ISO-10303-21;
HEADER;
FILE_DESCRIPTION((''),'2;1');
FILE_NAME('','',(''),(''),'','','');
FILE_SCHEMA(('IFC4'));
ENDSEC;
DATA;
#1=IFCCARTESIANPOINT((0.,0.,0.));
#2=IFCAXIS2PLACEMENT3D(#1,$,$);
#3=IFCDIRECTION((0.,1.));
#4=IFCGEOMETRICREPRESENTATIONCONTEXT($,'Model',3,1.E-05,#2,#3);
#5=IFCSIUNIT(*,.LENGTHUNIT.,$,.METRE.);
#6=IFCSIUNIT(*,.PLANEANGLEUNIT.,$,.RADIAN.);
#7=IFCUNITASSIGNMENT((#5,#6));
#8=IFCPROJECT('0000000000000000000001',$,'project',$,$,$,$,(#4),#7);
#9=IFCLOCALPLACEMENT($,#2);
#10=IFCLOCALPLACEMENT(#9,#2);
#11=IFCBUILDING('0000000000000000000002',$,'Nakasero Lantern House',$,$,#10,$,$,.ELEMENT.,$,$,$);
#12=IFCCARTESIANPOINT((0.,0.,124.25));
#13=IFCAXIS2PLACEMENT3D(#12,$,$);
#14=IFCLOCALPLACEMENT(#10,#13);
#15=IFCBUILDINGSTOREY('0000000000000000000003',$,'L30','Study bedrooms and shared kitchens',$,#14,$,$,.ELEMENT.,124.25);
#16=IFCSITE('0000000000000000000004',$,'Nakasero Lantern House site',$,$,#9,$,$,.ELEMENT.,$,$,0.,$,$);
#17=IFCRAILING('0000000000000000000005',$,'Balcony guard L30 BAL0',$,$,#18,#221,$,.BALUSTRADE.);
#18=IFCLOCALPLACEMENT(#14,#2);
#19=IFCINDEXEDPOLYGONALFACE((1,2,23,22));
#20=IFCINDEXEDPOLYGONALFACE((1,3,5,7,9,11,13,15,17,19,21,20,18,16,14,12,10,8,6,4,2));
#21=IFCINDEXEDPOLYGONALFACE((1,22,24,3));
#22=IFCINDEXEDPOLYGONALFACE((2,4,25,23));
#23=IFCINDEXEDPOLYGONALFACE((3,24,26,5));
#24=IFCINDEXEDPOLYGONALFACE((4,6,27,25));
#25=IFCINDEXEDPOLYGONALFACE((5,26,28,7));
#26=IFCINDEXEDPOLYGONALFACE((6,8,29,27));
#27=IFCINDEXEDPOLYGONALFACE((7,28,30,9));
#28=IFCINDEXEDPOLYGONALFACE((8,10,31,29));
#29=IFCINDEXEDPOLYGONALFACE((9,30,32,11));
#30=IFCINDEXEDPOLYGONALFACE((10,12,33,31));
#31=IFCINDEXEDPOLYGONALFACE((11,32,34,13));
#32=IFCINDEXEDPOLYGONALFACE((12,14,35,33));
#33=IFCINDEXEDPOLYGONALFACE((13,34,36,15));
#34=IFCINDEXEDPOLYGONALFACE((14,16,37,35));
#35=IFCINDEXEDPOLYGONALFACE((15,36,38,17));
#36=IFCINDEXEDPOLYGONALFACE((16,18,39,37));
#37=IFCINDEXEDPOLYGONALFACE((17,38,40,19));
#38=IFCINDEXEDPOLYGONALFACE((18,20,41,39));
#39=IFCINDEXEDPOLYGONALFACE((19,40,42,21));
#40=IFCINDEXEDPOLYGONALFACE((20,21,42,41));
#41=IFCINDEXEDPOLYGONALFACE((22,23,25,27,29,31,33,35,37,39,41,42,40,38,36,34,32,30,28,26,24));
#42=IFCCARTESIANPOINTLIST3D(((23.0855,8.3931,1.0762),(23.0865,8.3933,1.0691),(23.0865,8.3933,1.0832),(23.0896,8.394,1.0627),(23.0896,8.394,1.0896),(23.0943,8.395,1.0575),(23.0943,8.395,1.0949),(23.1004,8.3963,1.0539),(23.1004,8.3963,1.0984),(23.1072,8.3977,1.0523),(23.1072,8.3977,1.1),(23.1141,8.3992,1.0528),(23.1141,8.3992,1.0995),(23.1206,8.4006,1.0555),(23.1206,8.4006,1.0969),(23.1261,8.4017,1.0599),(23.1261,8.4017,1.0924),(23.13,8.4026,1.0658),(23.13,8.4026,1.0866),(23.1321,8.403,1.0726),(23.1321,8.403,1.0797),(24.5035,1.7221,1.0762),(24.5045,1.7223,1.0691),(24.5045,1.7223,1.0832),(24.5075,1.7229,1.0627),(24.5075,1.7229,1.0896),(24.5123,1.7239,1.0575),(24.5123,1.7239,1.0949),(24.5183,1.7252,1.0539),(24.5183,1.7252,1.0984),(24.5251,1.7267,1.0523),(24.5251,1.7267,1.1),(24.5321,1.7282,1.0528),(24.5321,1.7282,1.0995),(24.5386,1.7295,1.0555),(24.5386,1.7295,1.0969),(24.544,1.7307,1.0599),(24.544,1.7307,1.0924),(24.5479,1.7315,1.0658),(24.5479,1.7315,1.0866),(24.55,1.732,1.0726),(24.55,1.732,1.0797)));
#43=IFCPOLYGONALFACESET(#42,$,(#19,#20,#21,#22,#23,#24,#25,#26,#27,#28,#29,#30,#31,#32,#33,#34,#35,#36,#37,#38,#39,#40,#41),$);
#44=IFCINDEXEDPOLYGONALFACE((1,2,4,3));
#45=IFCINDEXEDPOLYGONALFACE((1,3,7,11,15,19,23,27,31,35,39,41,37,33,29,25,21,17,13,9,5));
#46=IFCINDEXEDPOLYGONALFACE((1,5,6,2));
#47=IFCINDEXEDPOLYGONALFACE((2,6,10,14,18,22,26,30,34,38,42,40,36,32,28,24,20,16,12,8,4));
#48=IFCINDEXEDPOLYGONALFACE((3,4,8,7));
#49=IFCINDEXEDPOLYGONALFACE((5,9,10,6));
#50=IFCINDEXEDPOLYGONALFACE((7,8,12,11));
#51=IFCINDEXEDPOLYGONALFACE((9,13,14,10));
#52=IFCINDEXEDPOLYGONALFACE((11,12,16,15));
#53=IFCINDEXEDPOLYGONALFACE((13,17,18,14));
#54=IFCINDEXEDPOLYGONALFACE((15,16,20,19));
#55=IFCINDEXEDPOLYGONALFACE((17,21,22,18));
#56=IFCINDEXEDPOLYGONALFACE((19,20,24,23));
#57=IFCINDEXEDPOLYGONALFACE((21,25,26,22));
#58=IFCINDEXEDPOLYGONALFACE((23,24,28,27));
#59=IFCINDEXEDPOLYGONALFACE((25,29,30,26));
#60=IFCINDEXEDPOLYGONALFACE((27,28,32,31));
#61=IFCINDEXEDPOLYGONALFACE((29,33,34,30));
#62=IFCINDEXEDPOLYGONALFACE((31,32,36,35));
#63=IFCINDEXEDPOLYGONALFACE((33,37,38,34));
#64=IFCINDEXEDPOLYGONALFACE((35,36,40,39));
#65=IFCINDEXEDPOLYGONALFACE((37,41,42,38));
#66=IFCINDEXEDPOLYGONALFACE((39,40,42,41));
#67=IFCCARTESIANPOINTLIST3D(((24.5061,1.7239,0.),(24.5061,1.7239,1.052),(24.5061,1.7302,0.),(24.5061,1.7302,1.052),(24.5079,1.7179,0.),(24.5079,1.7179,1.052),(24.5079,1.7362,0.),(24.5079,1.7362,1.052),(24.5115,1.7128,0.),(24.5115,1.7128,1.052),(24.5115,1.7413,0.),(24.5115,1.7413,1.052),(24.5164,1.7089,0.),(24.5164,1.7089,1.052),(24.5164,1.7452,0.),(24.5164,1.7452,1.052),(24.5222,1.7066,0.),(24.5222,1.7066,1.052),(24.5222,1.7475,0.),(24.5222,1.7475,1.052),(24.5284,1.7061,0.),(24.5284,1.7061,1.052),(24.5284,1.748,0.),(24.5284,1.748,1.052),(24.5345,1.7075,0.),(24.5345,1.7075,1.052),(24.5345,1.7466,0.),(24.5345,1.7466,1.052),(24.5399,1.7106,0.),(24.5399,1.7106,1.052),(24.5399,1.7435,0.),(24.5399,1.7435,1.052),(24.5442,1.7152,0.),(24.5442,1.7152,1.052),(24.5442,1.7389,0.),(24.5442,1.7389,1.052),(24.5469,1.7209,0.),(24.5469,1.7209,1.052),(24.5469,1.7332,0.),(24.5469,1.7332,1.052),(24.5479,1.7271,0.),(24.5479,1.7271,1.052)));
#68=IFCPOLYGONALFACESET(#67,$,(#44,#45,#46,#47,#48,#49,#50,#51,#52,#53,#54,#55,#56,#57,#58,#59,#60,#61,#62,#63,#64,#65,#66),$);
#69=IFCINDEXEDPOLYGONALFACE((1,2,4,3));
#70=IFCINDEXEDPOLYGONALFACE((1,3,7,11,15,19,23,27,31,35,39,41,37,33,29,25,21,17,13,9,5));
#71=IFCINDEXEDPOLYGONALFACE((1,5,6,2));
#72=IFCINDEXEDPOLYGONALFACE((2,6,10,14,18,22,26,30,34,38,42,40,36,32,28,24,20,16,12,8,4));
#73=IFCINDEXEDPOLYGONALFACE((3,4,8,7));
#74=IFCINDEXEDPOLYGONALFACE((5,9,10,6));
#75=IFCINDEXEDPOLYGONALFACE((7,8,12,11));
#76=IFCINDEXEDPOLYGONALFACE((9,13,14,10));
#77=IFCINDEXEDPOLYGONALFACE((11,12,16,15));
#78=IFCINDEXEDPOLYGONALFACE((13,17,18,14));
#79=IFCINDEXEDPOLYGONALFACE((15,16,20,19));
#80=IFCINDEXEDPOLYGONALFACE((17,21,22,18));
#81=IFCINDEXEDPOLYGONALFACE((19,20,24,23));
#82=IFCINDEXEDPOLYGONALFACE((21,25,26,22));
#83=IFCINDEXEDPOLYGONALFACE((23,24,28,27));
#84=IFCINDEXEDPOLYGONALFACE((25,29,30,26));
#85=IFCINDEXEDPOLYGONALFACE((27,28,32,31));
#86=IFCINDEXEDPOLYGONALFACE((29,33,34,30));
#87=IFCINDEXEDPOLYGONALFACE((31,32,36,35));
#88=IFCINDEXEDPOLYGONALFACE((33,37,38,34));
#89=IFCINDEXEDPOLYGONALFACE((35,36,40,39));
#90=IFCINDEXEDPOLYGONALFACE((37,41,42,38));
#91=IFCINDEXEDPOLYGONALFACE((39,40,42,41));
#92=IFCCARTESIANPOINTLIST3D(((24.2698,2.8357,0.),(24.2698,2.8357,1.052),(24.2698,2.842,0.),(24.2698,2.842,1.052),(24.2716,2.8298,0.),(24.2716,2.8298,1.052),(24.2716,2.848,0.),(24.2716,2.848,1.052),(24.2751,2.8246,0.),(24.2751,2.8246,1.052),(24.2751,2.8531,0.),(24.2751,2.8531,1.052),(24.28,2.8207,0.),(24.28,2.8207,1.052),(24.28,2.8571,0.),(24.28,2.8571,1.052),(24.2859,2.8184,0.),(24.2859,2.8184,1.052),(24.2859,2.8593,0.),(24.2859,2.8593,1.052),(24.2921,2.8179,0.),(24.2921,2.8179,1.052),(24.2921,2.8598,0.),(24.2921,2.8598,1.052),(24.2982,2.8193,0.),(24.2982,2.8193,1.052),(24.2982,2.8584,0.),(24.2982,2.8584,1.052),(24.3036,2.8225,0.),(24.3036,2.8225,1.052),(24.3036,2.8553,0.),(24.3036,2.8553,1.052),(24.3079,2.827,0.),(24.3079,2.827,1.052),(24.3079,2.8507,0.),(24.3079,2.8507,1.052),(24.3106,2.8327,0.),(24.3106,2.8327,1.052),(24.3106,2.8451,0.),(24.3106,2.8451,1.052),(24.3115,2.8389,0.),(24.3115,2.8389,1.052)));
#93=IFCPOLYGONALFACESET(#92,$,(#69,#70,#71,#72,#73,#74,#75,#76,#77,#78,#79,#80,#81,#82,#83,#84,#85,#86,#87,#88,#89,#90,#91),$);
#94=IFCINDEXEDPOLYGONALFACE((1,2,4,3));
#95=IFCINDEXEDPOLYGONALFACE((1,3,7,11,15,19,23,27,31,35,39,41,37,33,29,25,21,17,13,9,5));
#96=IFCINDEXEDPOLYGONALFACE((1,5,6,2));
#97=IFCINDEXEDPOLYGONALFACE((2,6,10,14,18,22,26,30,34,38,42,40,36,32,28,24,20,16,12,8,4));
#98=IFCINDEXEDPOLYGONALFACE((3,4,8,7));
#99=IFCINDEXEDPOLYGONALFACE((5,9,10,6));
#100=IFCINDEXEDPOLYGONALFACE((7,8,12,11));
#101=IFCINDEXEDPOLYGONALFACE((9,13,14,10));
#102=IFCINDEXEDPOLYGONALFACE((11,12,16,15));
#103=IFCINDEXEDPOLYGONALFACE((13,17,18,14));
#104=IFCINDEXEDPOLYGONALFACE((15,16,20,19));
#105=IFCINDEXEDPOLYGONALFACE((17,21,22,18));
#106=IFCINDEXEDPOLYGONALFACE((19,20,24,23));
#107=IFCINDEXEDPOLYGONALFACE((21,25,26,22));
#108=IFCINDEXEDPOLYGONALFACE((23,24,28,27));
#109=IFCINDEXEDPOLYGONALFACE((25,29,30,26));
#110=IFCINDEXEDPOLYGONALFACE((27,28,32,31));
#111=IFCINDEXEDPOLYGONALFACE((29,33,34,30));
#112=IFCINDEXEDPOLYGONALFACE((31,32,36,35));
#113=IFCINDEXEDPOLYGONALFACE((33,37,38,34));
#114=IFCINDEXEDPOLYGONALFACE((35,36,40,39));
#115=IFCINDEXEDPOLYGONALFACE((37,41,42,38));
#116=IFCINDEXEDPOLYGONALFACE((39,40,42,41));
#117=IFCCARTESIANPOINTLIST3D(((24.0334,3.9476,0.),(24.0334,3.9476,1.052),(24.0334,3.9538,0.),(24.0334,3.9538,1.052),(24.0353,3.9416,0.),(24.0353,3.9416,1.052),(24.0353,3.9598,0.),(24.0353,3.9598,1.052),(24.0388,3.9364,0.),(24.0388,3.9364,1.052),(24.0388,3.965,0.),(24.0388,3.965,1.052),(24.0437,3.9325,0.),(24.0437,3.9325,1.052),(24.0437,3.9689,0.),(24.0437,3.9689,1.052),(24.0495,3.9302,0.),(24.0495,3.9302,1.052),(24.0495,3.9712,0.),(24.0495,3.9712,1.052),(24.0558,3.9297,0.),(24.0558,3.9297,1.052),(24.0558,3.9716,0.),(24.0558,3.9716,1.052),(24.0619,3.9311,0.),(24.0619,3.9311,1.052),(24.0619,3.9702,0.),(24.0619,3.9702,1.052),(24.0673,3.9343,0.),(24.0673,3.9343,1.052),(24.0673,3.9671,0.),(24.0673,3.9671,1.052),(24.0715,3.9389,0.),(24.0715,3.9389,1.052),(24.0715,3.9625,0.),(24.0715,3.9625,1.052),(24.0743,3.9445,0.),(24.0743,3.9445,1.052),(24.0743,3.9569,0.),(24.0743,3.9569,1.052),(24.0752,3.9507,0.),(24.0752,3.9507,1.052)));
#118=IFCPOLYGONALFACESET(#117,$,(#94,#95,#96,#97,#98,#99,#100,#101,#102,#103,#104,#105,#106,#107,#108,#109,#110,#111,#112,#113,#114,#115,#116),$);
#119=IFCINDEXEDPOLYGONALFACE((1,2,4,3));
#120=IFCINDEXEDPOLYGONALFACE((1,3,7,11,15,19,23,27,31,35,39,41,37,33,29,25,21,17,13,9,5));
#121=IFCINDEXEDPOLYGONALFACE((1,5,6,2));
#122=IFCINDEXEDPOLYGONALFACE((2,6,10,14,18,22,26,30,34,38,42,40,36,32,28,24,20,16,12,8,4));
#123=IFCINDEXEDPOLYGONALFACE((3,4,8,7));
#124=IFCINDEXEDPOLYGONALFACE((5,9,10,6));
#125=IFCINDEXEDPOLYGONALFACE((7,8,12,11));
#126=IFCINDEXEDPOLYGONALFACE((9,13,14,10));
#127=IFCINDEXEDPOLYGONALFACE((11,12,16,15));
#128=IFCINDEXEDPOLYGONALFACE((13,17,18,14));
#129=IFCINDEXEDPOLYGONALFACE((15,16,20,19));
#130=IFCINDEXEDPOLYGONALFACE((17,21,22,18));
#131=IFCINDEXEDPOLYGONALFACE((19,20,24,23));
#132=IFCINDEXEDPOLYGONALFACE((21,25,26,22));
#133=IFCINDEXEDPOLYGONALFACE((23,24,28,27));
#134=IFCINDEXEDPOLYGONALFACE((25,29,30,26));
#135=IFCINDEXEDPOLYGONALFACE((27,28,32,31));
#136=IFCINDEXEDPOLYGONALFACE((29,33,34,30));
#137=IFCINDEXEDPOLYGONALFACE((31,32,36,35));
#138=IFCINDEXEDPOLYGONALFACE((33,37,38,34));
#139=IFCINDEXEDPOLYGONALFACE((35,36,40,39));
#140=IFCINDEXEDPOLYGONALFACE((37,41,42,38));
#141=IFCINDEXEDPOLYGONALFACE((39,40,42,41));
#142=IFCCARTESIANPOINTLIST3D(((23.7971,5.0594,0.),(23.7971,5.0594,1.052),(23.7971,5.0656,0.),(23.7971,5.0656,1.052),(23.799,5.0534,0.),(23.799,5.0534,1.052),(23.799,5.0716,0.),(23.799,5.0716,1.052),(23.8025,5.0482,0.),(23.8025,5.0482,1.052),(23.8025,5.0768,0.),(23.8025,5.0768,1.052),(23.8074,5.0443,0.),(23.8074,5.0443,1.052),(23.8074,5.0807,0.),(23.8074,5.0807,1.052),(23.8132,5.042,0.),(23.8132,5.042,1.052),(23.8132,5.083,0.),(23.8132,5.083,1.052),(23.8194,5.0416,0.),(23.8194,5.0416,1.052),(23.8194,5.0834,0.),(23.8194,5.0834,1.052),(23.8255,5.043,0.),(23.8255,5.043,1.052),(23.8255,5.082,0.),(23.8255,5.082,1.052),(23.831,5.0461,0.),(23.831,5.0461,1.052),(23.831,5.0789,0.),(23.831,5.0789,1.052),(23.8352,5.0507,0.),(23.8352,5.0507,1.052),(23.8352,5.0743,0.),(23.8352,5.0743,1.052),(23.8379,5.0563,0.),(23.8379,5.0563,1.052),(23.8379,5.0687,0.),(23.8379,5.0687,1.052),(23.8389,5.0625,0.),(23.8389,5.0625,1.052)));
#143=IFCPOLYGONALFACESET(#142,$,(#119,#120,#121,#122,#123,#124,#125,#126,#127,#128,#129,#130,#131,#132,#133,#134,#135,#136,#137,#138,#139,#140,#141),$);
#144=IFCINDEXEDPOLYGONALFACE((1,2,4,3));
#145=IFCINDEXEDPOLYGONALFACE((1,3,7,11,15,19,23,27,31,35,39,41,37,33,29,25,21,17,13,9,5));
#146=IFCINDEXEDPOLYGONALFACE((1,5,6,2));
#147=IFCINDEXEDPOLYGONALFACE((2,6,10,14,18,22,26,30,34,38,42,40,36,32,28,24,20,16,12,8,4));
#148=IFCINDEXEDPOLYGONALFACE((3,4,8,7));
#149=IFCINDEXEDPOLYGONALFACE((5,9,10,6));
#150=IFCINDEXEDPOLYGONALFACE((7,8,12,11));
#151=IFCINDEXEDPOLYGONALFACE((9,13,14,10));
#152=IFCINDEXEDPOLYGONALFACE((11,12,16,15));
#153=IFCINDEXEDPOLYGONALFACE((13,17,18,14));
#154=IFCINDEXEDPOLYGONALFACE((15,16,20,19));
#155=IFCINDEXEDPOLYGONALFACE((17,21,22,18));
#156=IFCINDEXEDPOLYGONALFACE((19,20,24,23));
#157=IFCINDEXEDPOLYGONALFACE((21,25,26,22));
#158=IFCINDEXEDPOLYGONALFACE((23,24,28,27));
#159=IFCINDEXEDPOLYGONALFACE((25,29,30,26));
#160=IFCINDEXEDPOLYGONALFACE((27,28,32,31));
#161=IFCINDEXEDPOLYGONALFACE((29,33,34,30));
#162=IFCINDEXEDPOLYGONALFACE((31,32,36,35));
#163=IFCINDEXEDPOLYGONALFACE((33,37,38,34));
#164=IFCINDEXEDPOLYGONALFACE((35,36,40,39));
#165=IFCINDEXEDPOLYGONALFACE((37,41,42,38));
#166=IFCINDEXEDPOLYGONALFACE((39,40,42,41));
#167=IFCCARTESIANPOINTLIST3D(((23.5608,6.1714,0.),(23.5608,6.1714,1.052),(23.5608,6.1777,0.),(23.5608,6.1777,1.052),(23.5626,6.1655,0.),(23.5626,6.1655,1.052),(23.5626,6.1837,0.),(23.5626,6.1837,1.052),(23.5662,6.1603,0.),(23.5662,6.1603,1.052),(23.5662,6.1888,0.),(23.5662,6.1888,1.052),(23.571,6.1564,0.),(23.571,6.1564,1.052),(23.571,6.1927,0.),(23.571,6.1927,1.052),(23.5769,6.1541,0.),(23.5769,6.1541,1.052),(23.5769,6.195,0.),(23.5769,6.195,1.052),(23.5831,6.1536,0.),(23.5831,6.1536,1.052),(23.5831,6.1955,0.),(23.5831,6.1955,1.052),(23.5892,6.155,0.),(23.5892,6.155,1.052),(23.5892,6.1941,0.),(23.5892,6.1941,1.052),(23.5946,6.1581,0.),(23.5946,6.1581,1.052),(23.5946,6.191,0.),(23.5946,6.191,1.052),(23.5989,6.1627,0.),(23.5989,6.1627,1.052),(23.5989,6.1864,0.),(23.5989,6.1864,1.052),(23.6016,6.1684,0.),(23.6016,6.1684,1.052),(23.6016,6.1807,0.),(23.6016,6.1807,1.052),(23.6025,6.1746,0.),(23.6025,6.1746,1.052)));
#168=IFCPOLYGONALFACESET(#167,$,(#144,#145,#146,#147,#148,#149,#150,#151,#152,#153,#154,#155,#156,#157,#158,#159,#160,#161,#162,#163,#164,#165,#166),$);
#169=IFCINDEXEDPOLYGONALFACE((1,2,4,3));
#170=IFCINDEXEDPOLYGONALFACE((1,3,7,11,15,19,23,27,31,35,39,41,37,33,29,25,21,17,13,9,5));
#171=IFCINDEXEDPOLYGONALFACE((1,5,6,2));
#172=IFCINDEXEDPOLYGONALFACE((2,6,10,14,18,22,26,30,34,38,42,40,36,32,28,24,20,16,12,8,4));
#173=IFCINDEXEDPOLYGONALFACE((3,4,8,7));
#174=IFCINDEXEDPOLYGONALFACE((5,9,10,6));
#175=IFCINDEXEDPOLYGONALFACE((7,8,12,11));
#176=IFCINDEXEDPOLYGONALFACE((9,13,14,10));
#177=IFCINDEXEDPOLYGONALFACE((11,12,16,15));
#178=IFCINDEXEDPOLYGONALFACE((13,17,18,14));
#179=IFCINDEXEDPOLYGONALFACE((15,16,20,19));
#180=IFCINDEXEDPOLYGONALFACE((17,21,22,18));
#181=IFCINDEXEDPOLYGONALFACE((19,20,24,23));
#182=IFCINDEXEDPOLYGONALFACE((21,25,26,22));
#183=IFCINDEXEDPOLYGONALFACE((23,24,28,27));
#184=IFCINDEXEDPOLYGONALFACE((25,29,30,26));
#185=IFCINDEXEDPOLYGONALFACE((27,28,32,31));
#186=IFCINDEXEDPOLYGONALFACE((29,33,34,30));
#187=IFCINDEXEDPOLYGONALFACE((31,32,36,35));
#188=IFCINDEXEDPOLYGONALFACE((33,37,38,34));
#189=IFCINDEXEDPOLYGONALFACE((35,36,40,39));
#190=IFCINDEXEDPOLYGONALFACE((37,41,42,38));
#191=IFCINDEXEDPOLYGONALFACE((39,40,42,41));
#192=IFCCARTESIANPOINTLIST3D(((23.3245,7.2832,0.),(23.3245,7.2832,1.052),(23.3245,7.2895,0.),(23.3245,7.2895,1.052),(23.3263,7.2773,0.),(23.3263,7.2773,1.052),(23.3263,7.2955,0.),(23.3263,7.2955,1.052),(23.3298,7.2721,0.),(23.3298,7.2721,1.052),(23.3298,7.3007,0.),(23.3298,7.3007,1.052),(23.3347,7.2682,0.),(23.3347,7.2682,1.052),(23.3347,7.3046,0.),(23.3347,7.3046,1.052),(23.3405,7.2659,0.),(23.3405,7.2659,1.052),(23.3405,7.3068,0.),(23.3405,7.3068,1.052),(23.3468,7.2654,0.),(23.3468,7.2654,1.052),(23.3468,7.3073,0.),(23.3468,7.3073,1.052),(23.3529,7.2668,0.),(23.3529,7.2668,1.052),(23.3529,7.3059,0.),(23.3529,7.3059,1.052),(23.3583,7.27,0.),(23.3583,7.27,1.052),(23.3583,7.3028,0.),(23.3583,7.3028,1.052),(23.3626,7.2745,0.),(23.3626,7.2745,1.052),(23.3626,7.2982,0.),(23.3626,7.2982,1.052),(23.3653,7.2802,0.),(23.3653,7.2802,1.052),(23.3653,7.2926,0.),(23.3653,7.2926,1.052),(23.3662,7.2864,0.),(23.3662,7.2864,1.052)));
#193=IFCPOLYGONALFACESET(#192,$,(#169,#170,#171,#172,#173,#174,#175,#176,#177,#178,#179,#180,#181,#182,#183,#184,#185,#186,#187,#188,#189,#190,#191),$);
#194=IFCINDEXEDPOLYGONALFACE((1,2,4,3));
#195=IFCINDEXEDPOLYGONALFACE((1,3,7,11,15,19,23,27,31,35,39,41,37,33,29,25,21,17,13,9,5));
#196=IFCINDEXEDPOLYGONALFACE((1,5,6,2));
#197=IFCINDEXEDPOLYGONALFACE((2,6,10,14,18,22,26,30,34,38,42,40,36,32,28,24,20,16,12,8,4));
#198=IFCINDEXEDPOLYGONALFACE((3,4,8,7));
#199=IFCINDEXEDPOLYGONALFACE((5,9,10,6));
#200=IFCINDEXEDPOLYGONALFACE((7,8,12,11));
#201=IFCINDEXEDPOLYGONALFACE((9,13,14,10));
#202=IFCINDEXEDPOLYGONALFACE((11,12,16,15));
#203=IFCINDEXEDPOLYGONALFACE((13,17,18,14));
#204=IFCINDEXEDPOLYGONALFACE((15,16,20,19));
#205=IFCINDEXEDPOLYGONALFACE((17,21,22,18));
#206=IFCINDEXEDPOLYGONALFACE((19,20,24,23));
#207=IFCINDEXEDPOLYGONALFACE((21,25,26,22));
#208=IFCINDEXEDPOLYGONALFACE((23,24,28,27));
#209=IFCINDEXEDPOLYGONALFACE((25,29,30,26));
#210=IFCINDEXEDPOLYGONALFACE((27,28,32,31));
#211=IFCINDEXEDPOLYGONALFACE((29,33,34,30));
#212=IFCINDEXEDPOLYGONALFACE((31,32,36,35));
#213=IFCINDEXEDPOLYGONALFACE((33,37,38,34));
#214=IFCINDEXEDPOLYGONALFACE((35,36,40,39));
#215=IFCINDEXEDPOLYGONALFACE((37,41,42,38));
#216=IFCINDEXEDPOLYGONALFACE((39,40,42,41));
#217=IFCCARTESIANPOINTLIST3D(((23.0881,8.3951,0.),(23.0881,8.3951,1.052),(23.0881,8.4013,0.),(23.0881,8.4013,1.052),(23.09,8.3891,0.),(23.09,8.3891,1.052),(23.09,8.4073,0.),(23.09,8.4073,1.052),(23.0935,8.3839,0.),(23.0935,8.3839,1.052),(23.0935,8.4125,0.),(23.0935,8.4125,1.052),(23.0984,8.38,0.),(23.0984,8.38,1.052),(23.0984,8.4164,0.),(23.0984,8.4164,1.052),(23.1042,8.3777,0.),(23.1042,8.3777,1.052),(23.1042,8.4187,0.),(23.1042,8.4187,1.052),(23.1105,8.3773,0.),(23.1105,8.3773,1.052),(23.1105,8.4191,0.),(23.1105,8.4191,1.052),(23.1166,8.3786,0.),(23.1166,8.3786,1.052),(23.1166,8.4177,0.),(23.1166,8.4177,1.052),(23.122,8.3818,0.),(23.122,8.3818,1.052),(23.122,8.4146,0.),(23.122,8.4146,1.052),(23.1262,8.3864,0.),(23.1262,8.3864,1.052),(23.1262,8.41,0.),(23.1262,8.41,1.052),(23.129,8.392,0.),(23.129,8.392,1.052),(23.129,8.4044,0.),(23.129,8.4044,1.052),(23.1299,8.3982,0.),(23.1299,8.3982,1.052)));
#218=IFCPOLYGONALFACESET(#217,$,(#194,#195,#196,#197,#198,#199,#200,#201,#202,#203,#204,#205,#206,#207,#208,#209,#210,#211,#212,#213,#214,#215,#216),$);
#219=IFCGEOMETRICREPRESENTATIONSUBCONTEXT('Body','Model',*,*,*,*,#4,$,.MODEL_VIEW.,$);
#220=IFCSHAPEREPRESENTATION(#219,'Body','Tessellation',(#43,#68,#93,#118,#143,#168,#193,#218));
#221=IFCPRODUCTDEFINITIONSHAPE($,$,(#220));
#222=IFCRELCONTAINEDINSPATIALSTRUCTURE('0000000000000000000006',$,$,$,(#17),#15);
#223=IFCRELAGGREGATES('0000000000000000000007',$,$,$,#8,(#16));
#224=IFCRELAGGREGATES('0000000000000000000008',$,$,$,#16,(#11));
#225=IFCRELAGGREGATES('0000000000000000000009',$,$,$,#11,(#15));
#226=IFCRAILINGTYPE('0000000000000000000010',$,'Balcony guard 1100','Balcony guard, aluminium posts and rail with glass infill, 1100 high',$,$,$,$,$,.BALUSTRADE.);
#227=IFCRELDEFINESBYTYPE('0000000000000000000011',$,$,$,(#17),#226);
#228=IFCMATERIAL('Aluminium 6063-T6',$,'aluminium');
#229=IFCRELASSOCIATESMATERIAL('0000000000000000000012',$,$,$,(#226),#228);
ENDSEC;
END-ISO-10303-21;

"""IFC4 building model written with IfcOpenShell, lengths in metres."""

from ifc_helpers import new_model, si_unit, direction, frame, origin, origin_2d, place, context, subcontext, project, spatial, circle, extrude, material, type_object, element, save


model = new_model("IFC4")

# Units and contexts
model_context = context("Model", 3, precision=1e-05, world=origin(), true_north=direction((0.0, 1.0)))
body_context = subcontext(model_context, "Body", "Model", "MODEL_VIEW")
ifc_project = project(units=[si_unit("LENGTHUNIT", "METRE"), si_unit("PLANEANGLEUNIT", "RADIAN")], contexts=[model_context])

# Site, building, storey
site_placement = place(None, origin())
site = spatial("IfcSite", under=ifc_project, at=site_placement, Name="Nakasero Lantern House site", CompositionType="ELEMENT", RefElevation=0.0)
building_placement = place(site_placement, origin())
building = spatial("IfcBuilding", under=site, at=building_placement, Name="Nakasero Lantern House", CompositionType="ELEMENT")
storey_placement = place(building_placement, frame((0.0, 0.0, 124.25)))
storey = spatial("IfcBuildingStorey", under=building, at=storey_placement, Name="L30", Description="Study bedrooms and shared kitchens", CompositionType="ELEMENT", Elevation=124.25)

# Railing
ifc_material_1 = material(Name="Aluminium 6063-T6", Category="aluminium")
railing_type = type_object("IfcRailingType", Name="Balcony guard 1100", Description="Balcony guard, aluminium posts and rail with glass infill, 1100 high", PredefinedType="BALUSTRADE", material=ifc_material_1)
railing_placement = place(storey_placement, frame((24.5269, 1.7271, 0.0)))
element("IfcRailing", 1, at=railing_placement, inside=storey, type_object=railing_type, Name="Balcony guard L30 BAL0", PredefinedType="BALUSTRADE", context=body_context, shape_type="SweptSolid", body=[
    extrude(circle(Radius=0.0239, at=origin_2d()), frame((0.0, 0.0, 1.0762), z_axis=(-0.207908, 0.978148, 0.0), x_axis=(-0.978148, -0.207908, 0.0)), (0.0, 0.0, 1.0), 6.8201),
    extrude(circle(Radius=0.021, at=origin_2d()), origin(), (0.0, 0.0, 1.0), 1.052),
    extrude(circle(Radius=0.021, at=origin_2d()), frame((-0.2363, 1.1118, 0.0)), (0.0, 0.0, 1.0), 1.052),
    extrude(circle(Radius=0.021, at=origin_2d()), frame((-0.4727, 2.2236, 0.0)), (0.0, 0.0, 1.0), 1.052),
    extrude(circle(Radius=0.021, at=origin_2d()), frame((-0.709, 3.3354, 0.0)), (0.0, 0.0, 1.0), 1.052),
    extrude(circle(Radius=0.021, at=origin_2d()), frame((-0.9453, 4.4475, 0.0)), (0.0, 0.0, 1.0), 1.052),
    extrude(circle(Radius=0.021, at=origin_2d()), frame((-1.1816, 5.5593, 0.0)), (0.0, 0.0, 1.0), 1.052),
    extrude(circle(Radius=0.021, at=origin_2d()), frame((-1.418, 6.6711, 0.0)), (0.0, 0.0, 1.0), 1.052),
])

save(model, "model.ifc")
